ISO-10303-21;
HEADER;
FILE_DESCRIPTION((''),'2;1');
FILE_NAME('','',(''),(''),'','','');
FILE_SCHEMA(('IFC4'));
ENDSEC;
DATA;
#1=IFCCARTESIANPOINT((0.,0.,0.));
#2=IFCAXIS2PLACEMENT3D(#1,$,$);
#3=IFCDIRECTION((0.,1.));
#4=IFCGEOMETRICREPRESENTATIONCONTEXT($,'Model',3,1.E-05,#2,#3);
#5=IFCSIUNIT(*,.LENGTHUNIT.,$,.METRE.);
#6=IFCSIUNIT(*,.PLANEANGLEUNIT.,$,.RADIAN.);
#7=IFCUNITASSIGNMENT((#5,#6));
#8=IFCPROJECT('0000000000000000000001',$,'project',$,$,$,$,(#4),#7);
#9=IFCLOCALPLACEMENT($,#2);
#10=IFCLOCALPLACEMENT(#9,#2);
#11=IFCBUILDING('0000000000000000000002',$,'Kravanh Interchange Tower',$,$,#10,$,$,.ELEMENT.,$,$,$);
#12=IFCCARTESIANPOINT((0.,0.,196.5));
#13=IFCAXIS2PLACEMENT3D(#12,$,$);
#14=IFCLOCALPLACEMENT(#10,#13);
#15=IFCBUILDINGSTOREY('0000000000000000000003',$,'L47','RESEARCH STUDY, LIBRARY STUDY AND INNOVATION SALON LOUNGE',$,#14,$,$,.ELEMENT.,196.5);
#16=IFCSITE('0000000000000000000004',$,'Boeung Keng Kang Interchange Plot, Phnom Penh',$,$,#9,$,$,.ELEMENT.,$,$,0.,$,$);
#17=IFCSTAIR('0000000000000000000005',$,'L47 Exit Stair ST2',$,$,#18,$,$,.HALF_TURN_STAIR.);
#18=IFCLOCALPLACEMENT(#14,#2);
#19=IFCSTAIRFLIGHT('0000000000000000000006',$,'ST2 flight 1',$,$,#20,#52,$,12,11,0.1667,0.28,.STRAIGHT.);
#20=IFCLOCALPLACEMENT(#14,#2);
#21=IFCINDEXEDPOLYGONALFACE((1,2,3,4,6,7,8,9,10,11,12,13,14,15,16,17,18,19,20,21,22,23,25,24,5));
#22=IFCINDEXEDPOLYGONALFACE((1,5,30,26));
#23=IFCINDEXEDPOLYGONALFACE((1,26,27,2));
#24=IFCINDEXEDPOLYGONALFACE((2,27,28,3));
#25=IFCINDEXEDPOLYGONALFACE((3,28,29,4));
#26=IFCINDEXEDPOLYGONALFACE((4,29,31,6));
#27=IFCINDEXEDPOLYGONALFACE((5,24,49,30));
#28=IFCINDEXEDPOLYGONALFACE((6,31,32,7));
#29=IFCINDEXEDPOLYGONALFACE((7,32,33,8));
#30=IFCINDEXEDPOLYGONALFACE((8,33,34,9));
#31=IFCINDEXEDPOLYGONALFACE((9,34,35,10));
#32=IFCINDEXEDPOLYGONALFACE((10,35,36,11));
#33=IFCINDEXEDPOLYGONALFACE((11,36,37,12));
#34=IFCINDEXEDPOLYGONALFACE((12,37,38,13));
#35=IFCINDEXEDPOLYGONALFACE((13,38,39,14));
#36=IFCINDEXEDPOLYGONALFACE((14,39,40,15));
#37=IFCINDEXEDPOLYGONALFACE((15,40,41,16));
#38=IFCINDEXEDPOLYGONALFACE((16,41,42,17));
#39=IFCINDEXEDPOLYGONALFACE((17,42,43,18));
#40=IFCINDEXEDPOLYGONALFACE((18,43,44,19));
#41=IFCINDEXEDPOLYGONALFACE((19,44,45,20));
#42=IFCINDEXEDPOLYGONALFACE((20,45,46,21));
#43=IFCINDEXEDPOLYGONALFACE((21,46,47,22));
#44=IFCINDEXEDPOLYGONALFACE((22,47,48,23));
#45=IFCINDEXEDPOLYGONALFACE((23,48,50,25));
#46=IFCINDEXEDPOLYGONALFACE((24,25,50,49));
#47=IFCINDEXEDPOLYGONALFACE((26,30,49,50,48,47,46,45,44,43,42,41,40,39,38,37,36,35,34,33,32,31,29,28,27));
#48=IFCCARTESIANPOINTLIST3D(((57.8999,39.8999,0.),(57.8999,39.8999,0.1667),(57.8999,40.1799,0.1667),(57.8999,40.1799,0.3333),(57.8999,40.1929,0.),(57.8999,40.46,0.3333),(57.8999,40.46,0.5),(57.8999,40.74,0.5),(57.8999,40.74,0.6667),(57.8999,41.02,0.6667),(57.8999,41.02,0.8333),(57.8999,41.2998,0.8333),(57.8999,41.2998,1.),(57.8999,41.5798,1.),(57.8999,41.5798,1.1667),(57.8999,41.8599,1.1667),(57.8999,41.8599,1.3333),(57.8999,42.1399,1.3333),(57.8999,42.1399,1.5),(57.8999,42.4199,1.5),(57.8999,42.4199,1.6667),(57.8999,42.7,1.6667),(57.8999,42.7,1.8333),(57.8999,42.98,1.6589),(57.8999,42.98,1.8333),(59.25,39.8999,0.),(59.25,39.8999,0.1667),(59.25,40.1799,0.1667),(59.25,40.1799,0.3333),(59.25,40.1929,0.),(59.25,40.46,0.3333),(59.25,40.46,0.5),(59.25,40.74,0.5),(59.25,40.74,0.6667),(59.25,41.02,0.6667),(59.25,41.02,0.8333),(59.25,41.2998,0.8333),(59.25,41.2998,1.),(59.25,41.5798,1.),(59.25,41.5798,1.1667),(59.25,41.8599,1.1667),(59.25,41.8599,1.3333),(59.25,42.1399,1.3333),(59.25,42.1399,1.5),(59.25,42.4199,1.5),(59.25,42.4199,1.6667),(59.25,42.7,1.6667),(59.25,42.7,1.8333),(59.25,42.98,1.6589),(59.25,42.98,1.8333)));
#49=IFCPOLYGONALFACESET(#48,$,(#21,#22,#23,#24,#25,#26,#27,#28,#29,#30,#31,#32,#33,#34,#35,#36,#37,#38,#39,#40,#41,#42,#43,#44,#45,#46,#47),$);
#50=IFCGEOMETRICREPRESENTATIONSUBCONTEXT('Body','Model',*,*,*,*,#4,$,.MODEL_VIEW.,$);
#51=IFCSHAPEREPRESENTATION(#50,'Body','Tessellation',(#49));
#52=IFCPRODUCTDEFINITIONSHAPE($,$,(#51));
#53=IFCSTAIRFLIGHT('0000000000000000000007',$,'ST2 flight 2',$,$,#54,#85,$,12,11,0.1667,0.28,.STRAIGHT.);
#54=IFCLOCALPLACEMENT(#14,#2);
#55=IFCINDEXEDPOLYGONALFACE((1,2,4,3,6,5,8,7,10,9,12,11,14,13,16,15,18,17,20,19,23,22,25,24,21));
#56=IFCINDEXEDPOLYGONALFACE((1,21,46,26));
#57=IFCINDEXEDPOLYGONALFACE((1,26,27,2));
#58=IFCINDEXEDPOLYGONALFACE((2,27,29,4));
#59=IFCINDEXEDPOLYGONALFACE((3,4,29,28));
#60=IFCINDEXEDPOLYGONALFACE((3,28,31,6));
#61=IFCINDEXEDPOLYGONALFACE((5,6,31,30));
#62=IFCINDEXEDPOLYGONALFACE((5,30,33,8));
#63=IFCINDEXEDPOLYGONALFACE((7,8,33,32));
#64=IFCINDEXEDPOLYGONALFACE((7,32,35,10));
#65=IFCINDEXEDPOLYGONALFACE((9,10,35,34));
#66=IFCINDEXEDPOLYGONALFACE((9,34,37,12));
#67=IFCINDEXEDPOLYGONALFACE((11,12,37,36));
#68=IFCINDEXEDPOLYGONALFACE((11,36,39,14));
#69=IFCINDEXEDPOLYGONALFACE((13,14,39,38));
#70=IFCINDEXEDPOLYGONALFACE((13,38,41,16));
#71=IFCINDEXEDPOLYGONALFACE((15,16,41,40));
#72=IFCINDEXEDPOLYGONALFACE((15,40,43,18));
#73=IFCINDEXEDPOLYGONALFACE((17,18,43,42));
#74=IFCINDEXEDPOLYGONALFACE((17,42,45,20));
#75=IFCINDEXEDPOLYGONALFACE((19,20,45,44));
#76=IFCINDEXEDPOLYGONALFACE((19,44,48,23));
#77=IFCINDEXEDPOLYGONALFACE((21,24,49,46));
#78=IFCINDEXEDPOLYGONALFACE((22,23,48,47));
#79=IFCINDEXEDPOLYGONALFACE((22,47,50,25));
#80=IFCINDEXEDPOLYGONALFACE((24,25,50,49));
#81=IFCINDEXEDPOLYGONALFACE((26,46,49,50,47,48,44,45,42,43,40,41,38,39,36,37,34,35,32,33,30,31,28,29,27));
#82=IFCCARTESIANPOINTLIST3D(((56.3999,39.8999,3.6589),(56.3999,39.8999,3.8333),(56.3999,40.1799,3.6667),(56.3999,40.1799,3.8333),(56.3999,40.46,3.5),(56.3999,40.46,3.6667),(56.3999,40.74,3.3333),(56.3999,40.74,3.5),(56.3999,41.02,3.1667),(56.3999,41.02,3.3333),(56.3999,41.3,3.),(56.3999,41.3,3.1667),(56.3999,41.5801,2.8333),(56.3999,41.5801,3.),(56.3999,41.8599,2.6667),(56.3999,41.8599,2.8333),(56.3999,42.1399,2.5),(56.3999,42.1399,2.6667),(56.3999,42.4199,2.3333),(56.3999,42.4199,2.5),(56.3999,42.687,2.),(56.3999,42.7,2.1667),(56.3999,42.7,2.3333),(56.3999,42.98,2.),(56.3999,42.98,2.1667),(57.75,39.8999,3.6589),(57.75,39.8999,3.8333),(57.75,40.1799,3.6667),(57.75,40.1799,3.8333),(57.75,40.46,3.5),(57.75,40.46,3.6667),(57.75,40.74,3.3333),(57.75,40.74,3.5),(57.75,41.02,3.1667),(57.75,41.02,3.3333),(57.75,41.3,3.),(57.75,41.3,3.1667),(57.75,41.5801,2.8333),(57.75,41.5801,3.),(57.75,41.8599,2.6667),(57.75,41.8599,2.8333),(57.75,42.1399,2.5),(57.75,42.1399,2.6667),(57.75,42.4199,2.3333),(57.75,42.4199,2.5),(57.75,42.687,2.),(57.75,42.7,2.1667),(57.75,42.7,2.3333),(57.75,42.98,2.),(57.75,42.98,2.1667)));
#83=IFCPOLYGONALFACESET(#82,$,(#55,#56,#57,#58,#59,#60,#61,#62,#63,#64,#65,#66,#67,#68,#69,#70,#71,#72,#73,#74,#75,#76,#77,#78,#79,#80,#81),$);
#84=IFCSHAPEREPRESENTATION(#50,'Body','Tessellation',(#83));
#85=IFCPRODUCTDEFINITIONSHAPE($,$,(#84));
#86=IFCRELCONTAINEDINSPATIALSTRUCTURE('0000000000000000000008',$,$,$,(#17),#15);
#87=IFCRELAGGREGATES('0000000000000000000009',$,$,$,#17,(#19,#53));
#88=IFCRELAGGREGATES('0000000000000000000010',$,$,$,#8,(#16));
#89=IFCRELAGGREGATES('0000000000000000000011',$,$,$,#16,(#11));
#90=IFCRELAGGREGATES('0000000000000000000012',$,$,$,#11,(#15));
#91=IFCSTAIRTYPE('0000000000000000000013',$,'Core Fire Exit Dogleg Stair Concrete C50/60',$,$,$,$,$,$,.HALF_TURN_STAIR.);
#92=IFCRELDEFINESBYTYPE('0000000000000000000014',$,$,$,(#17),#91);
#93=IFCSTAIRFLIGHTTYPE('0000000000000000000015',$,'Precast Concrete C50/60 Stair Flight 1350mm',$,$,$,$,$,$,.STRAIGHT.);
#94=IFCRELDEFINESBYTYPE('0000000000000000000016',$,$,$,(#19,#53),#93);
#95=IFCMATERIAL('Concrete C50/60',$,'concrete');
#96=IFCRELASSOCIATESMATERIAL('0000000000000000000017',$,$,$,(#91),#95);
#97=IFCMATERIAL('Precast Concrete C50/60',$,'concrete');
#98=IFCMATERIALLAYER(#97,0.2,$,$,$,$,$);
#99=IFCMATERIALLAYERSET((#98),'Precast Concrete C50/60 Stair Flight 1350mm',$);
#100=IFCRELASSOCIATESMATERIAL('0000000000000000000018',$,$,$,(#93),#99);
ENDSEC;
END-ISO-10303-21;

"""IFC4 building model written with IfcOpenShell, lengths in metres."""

from ifc_helpers import new_model, si_unit, direction, frame, origin, place, context, subcontext, project, spatial, polyline, outline, extrude, material, layer, layer_set, type_object, element, aggregate, save


model = new_model("IFC4")

# Units and contexts
model_context = context("Model", 3, precision=1e-05, world=origin(), true_north=direction((0.0, 1.0)))
body_context = subcontext(model_context, "Body", "Model", "MODEL_VIEW")
ifc_project = project(units=[si_unit("LENGTHUNIT", "METRE"), si_unit("PLANEANGLEUNIT", "RADIAN")], contexts=[model_context])

# Site, building, storey
site_placement = place(None, origin())
site = spatial("IfcSite", under=ifc_project, at=site_placement, Name="Boeung Keng Kang Interchange Plot, Phnom Penh", CompositionType="ELEMENT", RefElevation=0.0)
building_placement = place(site_placement, origin())
building = spatial("IfcBuilding", under=site, at=building_placement, Name="Kravanh Interchange Tower", CompositionType="ELEMENT")
storey_placement = place(building_placement, frame((0.0, 0.0, 196.5)))
storey = spatial("IfcBuildingStorey", under=building, at=storey_placement, Name="L47", Description="RESEARCH STUDY, LIBRARY STUDY AND INNOVATION SALON LOUNGE", CompositionType="ELEMENT", Elevation=196.5)

# Stair, stair flights
ifc_material_1 = material(Name="Concrete C50/60", Category="concrete")
stair_type = type_object("IfcStairType", Name="Core Fire Exit Dogleg Stair Concrete C50/60", PredefinedType="HALF_TURN_STAIR", material=ifc_material_1)
ifc_material_2 = material(Name="Precast Concrete C50/60", Category="concrete")
ifc_layer_1 = layer(ifc_material_2, 0.2)
ifc_layer_set_1 = layer_set([ifc_layer_1], Name="Precast Concrete C50/60 Stair Flight 1350mm")
stair_flight_type = type_object("IfcStairFlightType", Name="Precast Concrete C50/60 Stair Flight 1350mm", PredefinedType="STRAIGHT", material=ifc_layer_set_1)
stair_1_placement = place(storey_placement, origin())
stair_1 = element("IfcStair", 1, at=stair_1_placement, inside=storey, type_object=stair_type, Name="L47 Exit Stair ST2", PredefinedType="HALF_TURN_STAIR")
stair_flight_1_placement = place(storey_placement, frame((58.575, 39.8999, 0.0), z_axis=(0.0, 0.0, 1.0), x_axis=(0.0, 1.0, 0.0)))
stair_flight_1 = element("IfcStairFlight", 2, at=stair_flight_1_placement, type_object=stair_flight_type, Name="ST2 flight 1", NumberOfRisers=12, NumberOfTreads=11, PredefinedType="STRAIGHT", RiserHeight=0.1667, TreadLength=0.28, context=body_context, shape_type="SweptSolid", body=[
    extrude(outline(polyline([(0.0, 0.0), (0.0, 0.1667), (0.28, 0.1667), (0.28, 0.3333), (0.5601, 0.3333), (0.5601, 0.5), (0.8401, 0.5), (0.8401, 0.6667), (1.1201, 0.6667), (1.1201, 0.8333), (1.3999, 0.8333), (1.3999, 1.0), (1.6799, 1.0), (1.6799, 1.1667), (1.96, 1.1667), (1.96, 1.3333), (2.24, 1.3333), (2.24, 1.5), (2.52, 1.5), (2.52, 1.6667), (2.8, 1.6667), (2.8, 1.8333), (3.0801, 1.8333), (3.0801, 2.0), (3.0801, 1.6589), (0.293, 0.0), (0.0, 0.0)])), frame((0.0, 0.675, 0.0), z_axis=(0.0, -1.0, 0.0), x_axis=(1.0, 0.0, 0.0)), (0.0, 0.0, 1.0), 1.3501),
])
stair_flight_2_placement = place(storey_placement, frame((57.075, 42.98, 2.0), z_axis=(0.0, 0.0, 1.0), x_axis=(0.0, -1.0, 0.0)))
stair_flight_2 = element("IfcStairFlight", 3, at=stair_flight_2_placement, type_object=stair_flight_type, Name="ST2 flight 2", NumberOfRisers=12, NumberOfTreads=11, PredefinedType="STRAIGHT", RiserHeight=0.1667, TreadLength=0.28, context=body_context, shape_type="SweptSolid", body=[
    extrude(outline(polyline([(0.0, 0.0), (0.0, 0.1667), (0.28, 0.1667), (0.28, 0.3333), (0.5601, 0.3333), (0.5601, 0.5), (0.8401, 0.5), (0.8401, 0.6667), (1.1201, 0.6667), (1.1201, 0.8333), (1.3999, 0.8333), (1.3999, 1.0), (1.6799, 1.0), (1.6799, 1.1667), (1.96, 1.1667), (1.96, 1.3333), (2.24, 1.3333), (2.24, 1.5), (2.52, 1.5), (2.52, 1.6667), (2.8, 1.6667), (2.8, 1.8333), (3.0801, 1.8333), (3.0801, 2.0), (3.0801, 1.6589), (0.293, 0.0), (0.0, 0.0)])), frame((0.0, 0.675, 0.0), z_axis=(0.0, -1.0, 0.0), x_axis=(1.0, 0.0, 0.0)), (0.0, 0.0, 1.0), 1.3501),
])
aggregate(stair_1, [stair_flight_1, stair_flight_2])

save(model, "model.ifc")
